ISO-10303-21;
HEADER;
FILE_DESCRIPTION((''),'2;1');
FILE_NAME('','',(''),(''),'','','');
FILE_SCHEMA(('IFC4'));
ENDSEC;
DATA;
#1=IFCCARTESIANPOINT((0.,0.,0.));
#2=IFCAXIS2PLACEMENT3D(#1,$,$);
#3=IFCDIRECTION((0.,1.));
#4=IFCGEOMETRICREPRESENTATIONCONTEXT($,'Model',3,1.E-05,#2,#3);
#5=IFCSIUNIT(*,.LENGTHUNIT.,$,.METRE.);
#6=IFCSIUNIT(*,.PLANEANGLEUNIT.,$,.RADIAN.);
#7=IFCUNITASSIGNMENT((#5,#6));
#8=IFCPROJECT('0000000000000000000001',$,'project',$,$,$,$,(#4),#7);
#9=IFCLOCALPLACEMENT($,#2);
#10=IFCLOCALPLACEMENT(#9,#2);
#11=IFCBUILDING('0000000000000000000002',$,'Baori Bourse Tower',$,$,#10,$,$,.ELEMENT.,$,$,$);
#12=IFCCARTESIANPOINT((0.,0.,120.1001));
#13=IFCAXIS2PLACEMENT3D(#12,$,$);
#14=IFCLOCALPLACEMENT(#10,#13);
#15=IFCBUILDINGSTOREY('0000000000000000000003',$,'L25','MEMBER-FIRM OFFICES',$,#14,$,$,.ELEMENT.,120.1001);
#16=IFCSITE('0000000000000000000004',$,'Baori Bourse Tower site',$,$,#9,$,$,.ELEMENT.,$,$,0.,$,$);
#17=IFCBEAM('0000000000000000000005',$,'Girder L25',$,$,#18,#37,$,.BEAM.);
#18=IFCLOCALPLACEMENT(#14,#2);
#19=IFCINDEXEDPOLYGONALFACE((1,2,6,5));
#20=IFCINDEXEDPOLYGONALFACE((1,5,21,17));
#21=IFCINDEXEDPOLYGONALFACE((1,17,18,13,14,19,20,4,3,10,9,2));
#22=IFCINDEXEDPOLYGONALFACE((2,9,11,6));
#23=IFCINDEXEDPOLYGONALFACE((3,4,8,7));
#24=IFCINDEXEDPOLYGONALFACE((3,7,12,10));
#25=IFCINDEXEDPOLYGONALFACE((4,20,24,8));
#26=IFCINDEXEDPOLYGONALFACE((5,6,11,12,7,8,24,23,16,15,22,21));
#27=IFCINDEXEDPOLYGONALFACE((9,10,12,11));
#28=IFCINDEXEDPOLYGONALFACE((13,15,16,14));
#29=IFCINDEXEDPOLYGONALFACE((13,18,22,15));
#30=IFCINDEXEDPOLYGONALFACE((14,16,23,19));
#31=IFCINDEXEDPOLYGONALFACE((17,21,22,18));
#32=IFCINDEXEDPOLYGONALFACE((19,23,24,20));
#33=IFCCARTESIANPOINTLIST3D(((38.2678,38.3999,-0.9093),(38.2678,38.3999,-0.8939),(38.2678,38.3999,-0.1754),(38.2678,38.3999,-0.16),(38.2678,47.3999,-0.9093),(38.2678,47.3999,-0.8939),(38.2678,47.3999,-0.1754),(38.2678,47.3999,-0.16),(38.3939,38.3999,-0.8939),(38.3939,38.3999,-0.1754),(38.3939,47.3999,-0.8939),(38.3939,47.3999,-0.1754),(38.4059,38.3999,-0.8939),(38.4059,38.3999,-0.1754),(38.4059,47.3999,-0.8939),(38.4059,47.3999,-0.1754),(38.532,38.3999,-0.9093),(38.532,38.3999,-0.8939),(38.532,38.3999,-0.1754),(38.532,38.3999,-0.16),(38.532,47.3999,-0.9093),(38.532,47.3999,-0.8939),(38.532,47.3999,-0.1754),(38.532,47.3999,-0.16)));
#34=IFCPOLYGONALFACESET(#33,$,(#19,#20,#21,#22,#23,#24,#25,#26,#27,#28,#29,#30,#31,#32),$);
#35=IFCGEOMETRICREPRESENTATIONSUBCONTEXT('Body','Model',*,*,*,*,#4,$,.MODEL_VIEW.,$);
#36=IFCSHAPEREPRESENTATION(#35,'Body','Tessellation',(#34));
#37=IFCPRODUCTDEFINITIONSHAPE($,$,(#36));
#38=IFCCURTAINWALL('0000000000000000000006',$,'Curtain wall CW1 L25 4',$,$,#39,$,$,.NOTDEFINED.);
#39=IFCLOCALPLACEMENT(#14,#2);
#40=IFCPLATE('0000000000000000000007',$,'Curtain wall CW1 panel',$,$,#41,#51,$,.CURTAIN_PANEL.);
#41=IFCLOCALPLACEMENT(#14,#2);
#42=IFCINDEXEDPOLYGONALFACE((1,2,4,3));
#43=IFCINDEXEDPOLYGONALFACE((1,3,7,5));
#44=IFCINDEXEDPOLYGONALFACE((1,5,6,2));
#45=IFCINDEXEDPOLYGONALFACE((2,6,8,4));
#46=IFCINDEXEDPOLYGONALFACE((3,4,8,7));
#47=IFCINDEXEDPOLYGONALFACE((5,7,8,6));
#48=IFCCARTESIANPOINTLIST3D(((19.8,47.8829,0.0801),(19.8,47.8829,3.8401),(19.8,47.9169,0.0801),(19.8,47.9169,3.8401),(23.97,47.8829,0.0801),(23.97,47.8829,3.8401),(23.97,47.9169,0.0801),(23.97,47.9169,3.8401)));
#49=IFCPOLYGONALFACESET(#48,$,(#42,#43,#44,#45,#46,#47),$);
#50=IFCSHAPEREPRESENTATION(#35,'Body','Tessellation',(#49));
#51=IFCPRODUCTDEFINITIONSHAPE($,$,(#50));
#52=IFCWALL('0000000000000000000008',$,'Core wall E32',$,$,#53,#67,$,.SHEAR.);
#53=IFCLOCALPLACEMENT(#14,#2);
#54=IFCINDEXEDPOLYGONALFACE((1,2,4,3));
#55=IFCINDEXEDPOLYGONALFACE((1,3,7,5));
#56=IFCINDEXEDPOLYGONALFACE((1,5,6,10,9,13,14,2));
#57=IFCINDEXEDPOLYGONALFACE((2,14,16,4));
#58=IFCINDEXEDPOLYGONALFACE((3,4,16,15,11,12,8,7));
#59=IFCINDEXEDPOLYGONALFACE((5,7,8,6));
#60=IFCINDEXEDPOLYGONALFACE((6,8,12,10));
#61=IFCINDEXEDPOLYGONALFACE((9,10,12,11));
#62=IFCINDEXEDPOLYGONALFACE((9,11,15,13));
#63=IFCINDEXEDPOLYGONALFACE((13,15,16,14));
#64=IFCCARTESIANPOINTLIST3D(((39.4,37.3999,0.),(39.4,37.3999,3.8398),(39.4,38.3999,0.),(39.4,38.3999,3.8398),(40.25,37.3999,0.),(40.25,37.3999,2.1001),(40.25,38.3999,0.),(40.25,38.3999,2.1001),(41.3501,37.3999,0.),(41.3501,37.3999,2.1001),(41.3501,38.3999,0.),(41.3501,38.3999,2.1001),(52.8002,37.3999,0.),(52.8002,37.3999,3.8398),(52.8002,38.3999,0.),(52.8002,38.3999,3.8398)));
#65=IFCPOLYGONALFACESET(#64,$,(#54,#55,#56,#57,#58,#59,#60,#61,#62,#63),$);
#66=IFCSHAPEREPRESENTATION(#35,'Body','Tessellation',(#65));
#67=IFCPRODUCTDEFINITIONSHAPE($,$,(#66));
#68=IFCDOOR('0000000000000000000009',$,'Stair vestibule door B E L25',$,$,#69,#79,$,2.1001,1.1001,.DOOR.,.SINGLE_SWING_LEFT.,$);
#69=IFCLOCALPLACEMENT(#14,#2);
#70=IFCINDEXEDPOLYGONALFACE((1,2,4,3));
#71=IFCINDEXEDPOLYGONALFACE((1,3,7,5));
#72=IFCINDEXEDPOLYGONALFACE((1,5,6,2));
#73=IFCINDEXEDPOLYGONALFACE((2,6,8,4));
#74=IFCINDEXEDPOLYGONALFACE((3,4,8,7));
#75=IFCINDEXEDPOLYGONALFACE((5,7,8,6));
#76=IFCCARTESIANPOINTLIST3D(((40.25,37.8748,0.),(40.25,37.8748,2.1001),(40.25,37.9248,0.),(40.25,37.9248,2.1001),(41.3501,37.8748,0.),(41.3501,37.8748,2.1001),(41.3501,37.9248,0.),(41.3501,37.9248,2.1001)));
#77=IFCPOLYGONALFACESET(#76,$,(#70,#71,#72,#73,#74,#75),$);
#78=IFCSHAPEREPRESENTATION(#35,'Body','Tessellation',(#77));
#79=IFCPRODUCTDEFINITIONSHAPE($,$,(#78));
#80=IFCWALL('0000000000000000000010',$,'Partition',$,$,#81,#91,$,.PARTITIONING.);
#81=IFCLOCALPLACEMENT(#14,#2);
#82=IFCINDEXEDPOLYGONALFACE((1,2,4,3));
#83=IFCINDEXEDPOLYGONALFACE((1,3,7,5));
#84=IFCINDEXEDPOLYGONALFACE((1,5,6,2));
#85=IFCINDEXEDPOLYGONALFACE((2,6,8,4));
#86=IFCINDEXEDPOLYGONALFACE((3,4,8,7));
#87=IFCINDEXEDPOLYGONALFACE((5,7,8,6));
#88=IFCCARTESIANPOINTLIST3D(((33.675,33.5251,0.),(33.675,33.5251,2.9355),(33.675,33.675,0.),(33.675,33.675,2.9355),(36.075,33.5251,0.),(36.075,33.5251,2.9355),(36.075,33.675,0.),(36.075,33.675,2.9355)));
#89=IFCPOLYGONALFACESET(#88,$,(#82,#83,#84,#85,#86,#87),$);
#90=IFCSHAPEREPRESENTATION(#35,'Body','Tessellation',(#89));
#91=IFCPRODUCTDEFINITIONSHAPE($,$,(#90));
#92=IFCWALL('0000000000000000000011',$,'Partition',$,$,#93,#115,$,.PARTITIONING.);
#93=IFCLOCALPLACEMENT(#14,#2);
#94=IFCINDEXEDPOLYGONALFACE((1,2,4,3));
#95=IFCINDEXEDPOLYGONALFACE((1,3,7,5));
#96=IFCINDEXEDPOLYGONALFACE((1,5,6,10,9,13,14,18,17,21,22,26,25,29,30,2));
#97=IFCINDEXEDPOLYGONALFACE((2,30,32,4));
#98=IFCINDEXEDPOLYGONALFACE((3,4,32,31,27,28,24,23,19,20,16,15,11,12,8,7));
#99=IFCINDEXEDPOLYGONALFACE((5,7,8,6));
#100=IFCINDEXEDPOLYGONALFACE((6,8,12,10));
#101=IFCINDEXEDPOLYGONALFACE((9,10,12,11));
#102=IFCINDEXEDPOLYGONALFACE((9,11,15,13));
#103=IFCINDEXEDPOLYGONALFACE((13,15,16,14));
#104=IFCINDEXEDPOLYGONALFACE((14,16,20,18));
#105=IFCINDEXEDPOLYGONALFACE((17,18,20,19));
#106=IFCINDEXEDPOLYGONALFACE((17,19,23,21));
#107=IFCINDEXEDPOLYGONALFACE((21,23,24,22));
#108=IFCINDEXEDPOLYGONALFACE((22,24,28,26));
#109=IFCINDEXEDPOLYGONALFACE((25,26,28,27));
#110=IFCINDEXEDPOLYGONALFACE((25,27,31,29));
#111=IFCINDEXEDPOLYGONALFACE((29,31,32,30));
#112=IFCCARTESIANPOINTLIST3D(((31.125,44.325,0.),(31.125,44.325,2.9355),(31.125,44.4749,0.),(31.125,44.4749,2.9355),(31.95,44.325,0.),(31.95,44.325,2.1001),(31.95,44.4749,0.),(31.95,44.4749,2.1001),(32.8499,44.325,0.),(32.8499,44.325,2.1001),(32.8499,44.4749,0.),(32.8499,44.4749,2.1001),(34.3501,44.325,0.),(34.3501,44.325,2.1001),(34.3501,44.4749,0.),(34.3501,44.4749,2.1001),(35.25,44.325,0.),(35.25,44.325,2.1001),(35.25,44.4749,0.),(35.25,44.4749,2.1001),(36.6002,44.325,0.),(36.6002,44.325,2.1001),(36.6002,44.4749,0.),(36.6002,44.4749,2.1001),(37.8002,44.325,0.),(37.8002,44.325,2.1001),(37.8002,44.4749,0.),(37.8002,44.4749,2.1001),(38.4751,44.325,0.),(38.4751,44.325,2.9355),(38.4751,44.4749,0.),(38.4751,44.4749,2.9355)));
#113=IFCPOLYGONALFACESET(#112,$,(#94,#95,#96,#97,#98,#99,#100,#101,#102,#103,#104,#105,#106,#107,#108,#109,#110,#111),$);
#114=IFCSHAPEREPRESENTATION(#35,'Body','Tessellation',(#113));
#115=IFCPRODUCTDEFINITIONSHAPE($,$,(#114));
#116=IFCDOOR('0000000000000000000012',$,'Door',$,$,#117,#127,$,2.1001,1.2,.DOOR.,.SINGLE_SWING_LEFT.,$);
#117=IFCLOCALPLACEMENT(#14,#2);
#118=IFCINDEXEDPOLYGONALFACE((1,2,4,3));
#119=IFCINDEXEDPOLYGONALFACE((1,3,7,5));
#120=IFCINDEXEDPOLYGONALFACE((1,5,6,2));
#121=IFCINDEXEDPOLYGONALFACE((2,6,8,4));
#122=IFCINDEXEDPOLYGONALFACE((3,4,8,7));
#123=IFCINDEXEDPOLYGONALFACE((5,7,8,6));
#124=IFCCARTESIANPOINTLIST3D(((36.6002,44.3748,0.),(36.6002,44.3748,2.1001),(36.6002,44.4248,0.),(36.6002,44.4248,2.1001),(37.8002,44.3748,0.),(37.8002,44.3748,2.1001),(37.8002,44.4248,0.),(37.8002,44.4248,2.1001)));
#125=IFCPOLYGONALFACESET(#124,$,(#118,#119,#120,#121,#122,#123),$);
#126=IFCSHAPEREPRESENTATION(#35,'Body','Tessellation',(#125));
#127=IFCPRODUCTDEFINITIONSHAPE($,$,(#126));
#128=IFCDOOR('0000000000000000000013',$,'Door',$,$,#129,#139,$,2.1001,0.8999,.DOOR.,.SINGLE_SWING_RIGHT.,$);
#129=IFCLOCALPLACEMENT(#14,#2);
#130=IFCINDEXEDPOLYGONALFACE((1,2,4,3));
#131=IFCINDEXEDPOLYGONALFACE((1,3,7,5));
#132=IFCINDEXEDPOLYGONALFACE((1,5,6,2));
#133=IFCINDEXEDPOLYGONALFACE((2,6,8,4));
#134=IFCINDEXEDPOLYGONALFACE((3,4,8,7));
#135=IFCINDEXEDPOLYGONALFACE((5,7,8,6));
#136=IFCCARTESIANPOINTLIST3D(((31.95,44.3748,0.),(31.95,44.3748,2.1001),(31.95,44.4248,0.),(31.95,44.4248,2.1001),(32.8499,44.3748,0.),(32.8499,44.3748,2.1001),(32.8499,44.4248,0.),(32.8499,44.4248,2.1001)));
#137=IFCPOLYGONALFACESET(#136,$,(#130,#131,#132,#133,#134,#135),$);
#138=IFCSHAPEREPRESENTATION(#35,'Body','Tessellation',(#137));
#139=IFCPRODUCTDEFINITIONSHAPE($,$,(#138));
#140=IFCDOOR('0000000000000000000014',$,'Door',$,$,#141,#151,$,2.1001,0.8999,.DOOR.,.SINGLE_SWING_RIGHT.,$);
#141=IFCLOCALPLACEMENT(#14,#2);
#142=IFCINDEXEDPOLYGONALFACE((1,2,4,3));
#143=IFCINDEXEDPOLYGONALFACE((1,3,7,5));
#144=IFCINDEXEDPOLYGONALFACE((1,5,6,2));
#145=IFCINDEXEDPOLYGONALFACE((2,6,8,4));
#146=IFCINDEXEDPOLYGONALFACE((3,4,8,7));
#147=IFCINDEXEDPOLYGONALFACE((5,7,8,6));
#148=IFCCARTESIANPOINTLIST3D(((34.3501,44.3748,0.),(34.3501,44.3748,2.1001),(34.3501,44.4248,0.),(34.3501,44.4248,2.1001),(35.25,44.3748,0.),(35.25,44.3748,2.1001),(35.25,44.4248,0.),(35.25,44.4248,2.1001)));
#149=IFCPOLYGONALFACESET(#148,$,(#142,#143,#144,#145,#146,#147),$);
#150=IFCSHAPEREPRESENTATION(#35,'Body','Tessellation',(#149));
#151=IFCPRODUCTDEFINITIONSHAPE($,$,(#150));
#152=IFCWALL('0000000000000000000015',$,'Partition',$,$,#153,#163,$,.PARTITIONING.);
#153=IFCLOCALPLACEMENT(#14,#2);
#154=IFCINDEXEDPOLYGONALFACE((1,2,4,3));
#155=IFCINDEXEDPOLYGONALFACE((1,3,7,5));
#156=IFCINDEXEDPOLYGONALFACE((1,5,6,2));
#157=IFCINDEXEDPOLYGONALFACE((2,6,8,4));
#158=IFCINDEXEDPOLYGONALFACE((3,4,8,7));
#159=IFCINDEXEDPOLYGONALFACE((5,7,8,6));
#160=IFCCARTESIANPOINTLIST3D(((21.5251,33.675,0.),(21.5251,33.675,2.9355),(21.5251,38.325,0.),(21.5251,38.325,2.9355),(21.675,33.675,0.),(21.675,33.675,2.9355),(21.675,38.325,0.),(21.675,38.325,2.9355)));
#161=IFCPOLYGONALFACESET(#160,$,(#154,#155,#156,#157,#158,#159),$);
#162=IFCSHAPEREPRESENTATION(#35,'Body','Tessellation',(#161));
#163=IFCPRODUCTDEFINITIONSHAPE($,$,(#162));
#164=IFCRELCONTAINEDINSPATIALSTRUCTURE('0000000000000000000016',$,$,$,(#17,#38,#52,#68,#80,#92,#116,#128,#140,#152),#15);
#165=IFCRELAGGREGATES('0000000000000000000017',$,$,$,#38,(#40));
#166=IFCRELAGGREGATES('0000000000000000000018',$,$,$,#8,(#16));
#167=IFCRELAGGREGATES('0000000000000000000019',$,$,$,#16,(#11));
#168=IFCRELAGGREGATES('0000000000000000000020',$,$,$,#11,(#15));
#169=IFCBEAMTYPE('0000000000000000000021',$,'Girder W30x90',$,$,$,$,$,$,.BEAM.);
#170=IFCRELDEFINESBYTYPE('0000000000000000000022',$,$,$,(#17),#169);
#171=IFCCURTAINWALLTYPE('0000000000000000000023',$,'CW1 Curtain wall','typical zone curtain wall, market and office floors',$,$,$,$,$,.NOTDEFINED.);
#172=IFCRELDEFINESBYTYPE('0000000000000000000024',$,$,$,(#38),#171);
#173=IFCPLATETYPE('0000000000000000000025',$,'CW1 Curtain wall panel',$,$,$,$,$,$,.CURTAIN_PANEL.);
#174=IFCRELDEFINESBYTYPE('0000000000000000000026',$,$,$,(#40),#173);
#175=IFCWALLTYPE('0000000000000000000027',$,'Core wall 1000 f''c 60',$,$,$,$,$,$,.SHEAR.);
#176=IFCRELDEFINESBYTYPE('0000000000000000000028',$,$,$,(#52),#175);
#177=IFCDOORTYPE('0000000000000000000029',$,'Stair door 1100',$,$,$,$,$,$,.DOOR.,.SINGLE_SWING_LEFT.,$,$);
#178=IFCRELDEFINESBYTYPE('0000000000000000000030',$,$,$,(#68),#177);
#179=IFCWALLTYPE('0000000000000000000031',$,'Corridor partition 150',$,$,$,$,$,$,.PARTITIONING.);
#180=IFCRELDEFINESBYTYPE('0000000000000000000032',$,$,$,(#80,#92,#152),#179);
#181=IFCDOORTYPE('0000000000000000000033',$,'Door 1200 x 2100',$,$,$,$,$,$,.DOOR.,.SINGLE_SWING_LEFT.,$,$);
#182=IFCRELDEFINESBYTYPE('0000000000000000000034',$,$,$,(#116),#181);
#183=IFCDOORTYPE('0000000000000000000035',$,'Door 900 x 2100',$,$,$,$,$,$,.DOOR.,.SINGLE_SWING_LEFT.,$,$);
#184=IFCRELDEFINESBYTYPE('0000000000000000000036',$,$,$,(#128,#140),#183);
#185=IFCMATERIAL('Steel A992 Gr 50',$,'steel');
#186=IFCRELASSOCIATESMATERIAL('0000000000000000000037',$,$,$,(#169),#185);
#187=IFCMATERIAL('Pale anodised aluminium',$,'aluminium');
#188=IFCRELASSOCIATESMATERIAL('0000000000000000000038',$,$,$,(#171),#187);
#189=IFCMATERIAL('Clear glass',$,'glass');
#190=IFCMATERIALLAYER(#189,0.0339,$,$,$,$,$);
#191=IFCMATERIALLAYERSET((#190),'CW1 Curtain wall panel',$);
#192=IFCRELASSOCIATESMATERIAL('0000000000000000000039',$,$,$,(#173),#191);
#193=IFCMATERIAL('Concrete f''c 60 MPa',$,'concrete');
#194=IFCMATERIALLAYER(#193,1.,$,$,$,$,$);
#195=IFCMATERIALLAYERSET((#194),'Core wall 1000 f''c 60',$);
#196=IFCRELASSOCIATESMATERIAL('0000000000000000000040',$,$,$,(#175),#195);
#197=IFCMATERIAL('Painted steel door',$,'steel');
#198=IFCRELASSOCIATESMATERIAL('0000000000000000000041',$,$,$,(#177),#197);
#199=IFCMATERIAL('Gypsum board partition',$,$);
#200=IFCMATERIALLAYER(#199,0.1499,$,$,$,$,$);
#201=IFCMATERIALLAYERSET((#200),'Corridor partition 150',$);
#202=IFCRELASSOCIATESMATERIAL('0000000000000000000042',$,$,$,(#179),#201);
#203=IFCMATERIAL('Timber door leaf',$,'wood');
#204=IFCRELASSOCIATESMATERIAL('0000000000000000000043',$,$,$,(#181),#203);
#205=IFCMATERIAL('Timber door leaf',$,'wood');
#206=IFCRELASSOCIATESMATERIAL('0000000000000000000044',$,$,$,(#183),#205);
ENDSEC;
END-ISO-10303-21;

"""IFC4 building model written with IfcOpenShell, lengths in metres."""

from ifc_helpers import new_model, si_unit, direction, frame, frame_2d, origin, origin_2d, place, context, subcontext, project, spatial, rectangle, i_section, extrude, material, layer, layer_set, material_profile, profile_set, type_object, element, fill, aggregate, save


model = new_model("IFC4")

# Units and contexts
model_context = context("Model", 3, precision=1e-05, world=origin(), true_north=direction((0.0, 1.0)))
body_context = subcontext(model_context, "Body", "Model", "MODEL_VIEW")
ifc_project = project(units=[si_unit("LENGTHUNIT", "METRE"), si_unit("PLANEANGLEUNIT", "RADIAN")], contexts=[model_context])

# Site, building, storey
site_placement = place(None, origin())
site = spatial("IfcSite", under=ifc_project, at=site_placement, Name="Baori Bourse Tower site", CompositionType="ELEMENT", RefElevation=0.0)
building_placement = place(site_placement, origin())
building = spatial("IfcBuilding", under=site, at=building_placement, Name="Baori Bourse Tower", CompositionType="ELEMENT")
storey_placement = place(building_placement, frame((0.0, 0.0, 120.1001)))
storey = spatial("IfcBuildingStorey", under=building, at=storey_placement, Name="L25", Description="MEMBER-FIRM OFFICES", CompositionType="ELEMENT", Elevation=120.1001)

# Beam
ifc_material_1 = material(Name="Steel A992 Gr 50", Category="steel")
ifc_material_profile = material_profile(ifc_material_1, i_section(OverallWidth=0.2642, OverallDepth=0.7493, WebThickness=0.012, FlangeThickness=0.0154, at=origin_2d()), Name="W30x90")
ifc_profile_set = profile_set([ifc_material_profile], Name="Steel A992 Gr 50")
beam_type = type_object("IfcBeamType", Name="Girder W30x90", PredefinedType="BEAM", material=ifc_profile_set)
beam_placement = place(storey_placement, frame((38.3999, 38.3999, -0.5347), z_axis=(0.0, 1.0, 0.0), x_axis=(-1.0, 0.0, 0.0)))
element("IfcBeam", 1, at=beam_placement, inside=storey, type_object=beam_type, Name="Girder L25", PredefinedType="BEAM", context=body_context, shape_type="SweptSolid", body=[
    extrude(i_section(OverallWidth=0.2642, OverallDepth=0.7493, WebThickness=0.012, FlangeThickness=0.0154, at=origin_2d()), origin(), (0.0, 0.0, 1.0), 9.0),
])

# Curtain wall, plate
ifc_material_2 = material(Name="Pale anodised aluminium", Category="aluminium")
curtain_wall_type = type_object("IfcCurtainWallType", Name="CW1 Curtain wall", Description="typical zone curtain wall, market and office floors", PredefinedType="NOTDEFINED", material=ifc_material_2)
curtain_wall_placement = place(storey_placement, origin())
curtain_wall = element("IfcCurtainWall", 2, at=curtain_wall_placement, inside=storey, type_object=curtain_wall_type, Name="Curtain wall CW1 L25 4", PredefinedType="NOTDEFINED")
ifc_material_3 = material(Name="Clear glass", Category="glass")
ifc_layer_1 = layer(ifc_material_3, 0.0339)
ifc_layer_set_1 = layer_set([ifc_layer_1], Name="CW1 Curtain wall panel")
plate_type = type_object("IfcPlateType", Name="CW1 Curtain wall panel", PredefinedType="CURTAIN_PANEL", material=ifc_layer_set_1)
plate_placement = place(storey_placement, frame((21.885, 47.8999, 0.0801), z_axis=(0.0, 0.0, 1.0), x_axis=(-1.0, 0.0, 0.0)))
plate = element("IfcPlate", 3, at=plate_placement, type_object=plate_type, Name="Curtain wall CW1 panel", PredefinedType="CURTAIN_PANEL", context=body_context, shape_type="SweptSolid", body=[
    extrude(rectangle(XDim=4.1699, YDim=0.0339, at=origin_2d()), origin(), (0.0, 0.0, 1.0), 3.76),
])
aggregate(curtain_wall, [plate])

# Wall, opening, door
ifc_material_4 = material(Name="Concrete f'c 60 MPa", Category="concrete")
ifc_layer_2 = layer(ifc_material_4, 1.0)
ifc_layer_set_2 = layer_set([ifc_layer_2], Name="Core wall 1000 f'c 60")
wall_type_1 = type_object("IfcWallType", Name="Core wall 1000 f'c 60", PredefinedType="SHEAR", material=ifc_layer_set_2)
wall_1_placement = place(storey_placement, frame((39.3999, 37.8999, 0.0), z_axis=(0.0, 0.0, 1.0), x_axis=(1.0, 0.0, 0.0)))
wall_1 = element("IfcWall", 4, at=wall_1_placement, inside=storey, type_object=wall_type_1, Name="Core wall E32", PredefinedType="SHEAR", context=body_context, shape_type="SweptSolid", body=[
    extrude(rectangle(XDim=13.4001, YDim=1.0, at=frame_2d((6.7002, 0.0))), origin(), (0.0, 0.0, 1.0), 3.8398),
])
opening_1_placement = place(wall_1_placement, frame((0.8501, 0.0, 0.0)))
opening_1 = element("IfcOpeningElement", 5, at=opening_1_placement, cuts=wall_1, PredefinedType="OPENING", context=body_context, shape_type="SweptSolid", body=[
    extrude(rectangle(XDim=1.1001, YDim=2.1001, at=frame_2d((0.55, 1.05))), frame((0.0, 0.51, 0.0), z_axis=(0.0, -1.0, 0.0), x_axis=(1.0, 0.0, 0.0)), (0.0, 0.0, 1.0), 1.02),
])
ifc_material_5 = material(Name="Painted steel door", Category="steel")
door_type_1 = type_object("IfcDoorType", Name="Stair door 1100", OperationType="SINGLE_SWING_LEFT", PredefinedType="DOOR", material=ifc_material_5)
door_1_placement = place(opening_1_placement, origin())
door_1 = element("IfcDoor", 6, at=door_1_placement, inside=storey, type_object=door_type_1, Name="Stair vestibule door B E L25", OperationType="SINGLE_SWING_LEFT", OverallHeight=2.1001, OverallWidth=1.1001, PredefinedType="DOOR", context=body_context, shape_type="SweptSolid", body=[
    extrude(rectangle(XDim=1.1001, YDim=2.1001, at=frame_2d((0.55, 1.05))), frame((0.0, 0.0249, 0.0), z_axis=(0.0, -1.0, 0.0), x_axis=(1.0, 0.0, 0.0)), (0.0, 0.0, 1.0), 0.05),
])
fill(opening_1, door_1)

# Wall
ifc_material_6 = material(Name="Gypsum board partition")
ifc_layer_3 = layer(ifc_material_6, 0.1499)
ifc_layer_set_3 = layer_set([ifc_layer_3], Name="Corridor partition 150")
wall_type_2 = type_object("IfcWallType", Name="Corridor partition 150", PredefinedType="PARTITIONING", material=ifc_layer_set_3)
wall_2_placement = place(storey_placement, frame((33.675, 33.6001, 0.0), z_axis=(0.0, 0.0, 1.0), x_axis=(1.0, 0.0, 0.0)))
element("IfcWall", 7, at=wall_2_placement, inside=storey, type_object=wall_type_2, Name="Partition", PredefinedType="PARTITIONING", context=body_context, shape_type="SweptSolid", body=[
    extrude(rectangle(XDim=2.3999, YDim=0.1499, at=frame_2d((1.2, 0.0))), origin(), (0.0, 0.0, 1.0), 2.9355),
])

# Wall, openings, doors
wall_3_placement = place(storey_placement, frame((31.125, 44.3999, 0.0), z_axis=(0.0, 0.0, 1.0), x_axis=(1.0, 0.0, 0.0)))
wall_3 = element("IfcWall", 8, at=wall_3_placement, inside=storey, type_object=wall_type_2, Name="Partition", PredefinedType="PARTITIONING", context=body_context, shape_type="SweptSolid", body=[
    extrude(rectangle(XDim=7.3501, YDim=0.1499, at=frame_2d((3.675, 0.0))), origin(), (0.0, 0.0, 1.0), 2.9355),
])
opening_2_placement = place(wall_3_placement, frame((0.825, 0.0, 0.0)))
opening_2 = element("IfcOpeningElement", 9, at=opening_2_placement, cuts=wall_3, PredefinedType="OPENING", context=body_context, shape_type="SweptSolid", body=[
    extrude(rectangle(XDim=0.8999, YDim=2.1001, at=frame_2d((0.45, 1.05))), frame((0.0, 0.085, 0.0), z_axis=(0.0, -1.0, 0.0), x_axis=(1.0, 0.0, 0.0)), (0.0, 0.0, 1.0), 0.1699),
])
opening_3_placement = place(wall_3_placement, frame((3.2251, 0.0, 0.0)))
opening_3 = element("IfcOpeningElement", 10, at=opening_3_placement, cuts=wall_3, PredefinedType="OPENING", context=body_context, shape_type="SweptSolid", body=[
    extrude(rectangle(XDim=0.8999, YDim=2.1001, at=frame_2d((0.45, 1.05))), frame((0.0, 0.085, 0.0), z_axis=(0.0, -1.0, 0.0), x_axis=(1.0, 0.0, 0.0)), (0.0, 0.0, 1.0), 0.1699),
])
opening_4_placement = place(wall_3_placement, frame((5.4751, 0.0, 0.0)))
opening_4 = element("IfcOpeningElement", 11, at=opening_4_placement, cuts=wall_3, PredefinedType="OPENING", context=body_context, shape_type="SweptSolid", body=[
    extrude(rectangle(XDim=1.2, YDim=2.1001, at=frame_2d((0.6001, 1.05))), frame((0.0, 0.085, 0.0), z_axis=(0.0, -1.0, 0.0), x_axis=(1.0, 0.0, 0.0)), (0.0, 0.0, 1.0), 0.1699),
])
ifc_material_7 = material(Name="Timber door leaf", Category="wood")
door_type_2 = type_object("IfcDoorType", Name="Door 1200 x 2100", OperationType="SINGLE_SWING_LEFT", PredefinedType="DOOR", material=ifc_material_7)
door_2_placement = place(opening_4_placement, origin())
door_2 = element("IfcDoor", 12, at=door_2_placement, inside=storey, type_object=door_type_2, Name="Door", OperationType="SINGLE_SWING_LEFT", OverallHeight=2.1001, OverallWidth=1.2, PredefinedType="DOOR", context=body_context, shape_type="SweptSolid", body=[
    extrude(rectangle(XDim=1.2, YDim=2.1001, at=frame_2d((0.6001, 1.05))), frame((0.0, 0.0249, 0.0), z_axis=(0.0, -1.0, 0.0), x_axis=(1.0, 0.0, 0.0)), (0.0, 0.0, 1.0), 0.05),
])
fill(opening_4, door_2)
ifc_material_8 = material(Name="Timber door leaf", Category="wood")
door_type_3 = type_object("IfcDoorType", Name="Door 900 x 2100", OperationType="SINGLE_SWING_LEFT", PredefinedType="DOOR", material=ifc_material_8)
door_3_placement = place(opening_2_placement, origin())
door_3 = element("IfcDoor", 13, at=door_3_placement, inside=storey, type_object=door_type_3, Name="Door", OperationType="SINGLE_SWING_RIGHT", OverallHeight=2.1001, OverallWidth=0.8999, PredefinedType="DOOR", context=body_context, shape_type="SweptSolid", body=[
    extrude(rectangle(XDim=0.8999, YDim=2.1001, at=frame_2d((0.45, 1.05))), frame((0.0, 0.0249, 0.0), z_axis=(0.0, -1.0, 0.0), x_axis=(1.0, 0.0, 0.0)), (0.0, 0.0, 1.0), 0.05),
])
fill(opening_2, door_3)
door_4_placement = place(opening_3_placement, origin())
door_4 = element("IfcDoor", 14, at=door_4_placement, inside=storey, type_object=door_type_3, Name="Door", OperationType="SINGLE_SWING_RIGHT", OverallHeight=2.1001, OverallWidth=0.8999, PredefinedType="DOOR", context=body_context, shape_type="SweptSolid", body=[
    extrude(rectangle(XDim=0.8999, YDim=2.1001, at=frame_2d((0.45, 1.05))), frame((0.0, 0.0249, 0.0), z_axis=(0.0, -1.0, 0.0), x_axis=(1.0, 0.0, 0.0)), (0.0, 0.0, 1.0), 0.05),
])
fill(opening_3, door_4)

# Wall
wall_4_placement = place(storey_placement, frame((21.6001, 33.675, 0.0), z_axis=(0.0, 0.0, 1.0), x_axis=(0.0, 1.0, 0.0)))
element("IfcWall", 15, at=wall_4_placement, inside=storey, type_object=wall_type_2, Name="Partition", PredefinedType="PARTITIONING", context=body_context, shape_type="SweptSolid", body=[
    extrude(rectangle(XDim=4.6499, YDim=0.1499, at=frame_2d((2.325, 0.0))), origin(), (0.0, 0.0, 1.0), 2.9355),
])

save(model, "model.ifc")
